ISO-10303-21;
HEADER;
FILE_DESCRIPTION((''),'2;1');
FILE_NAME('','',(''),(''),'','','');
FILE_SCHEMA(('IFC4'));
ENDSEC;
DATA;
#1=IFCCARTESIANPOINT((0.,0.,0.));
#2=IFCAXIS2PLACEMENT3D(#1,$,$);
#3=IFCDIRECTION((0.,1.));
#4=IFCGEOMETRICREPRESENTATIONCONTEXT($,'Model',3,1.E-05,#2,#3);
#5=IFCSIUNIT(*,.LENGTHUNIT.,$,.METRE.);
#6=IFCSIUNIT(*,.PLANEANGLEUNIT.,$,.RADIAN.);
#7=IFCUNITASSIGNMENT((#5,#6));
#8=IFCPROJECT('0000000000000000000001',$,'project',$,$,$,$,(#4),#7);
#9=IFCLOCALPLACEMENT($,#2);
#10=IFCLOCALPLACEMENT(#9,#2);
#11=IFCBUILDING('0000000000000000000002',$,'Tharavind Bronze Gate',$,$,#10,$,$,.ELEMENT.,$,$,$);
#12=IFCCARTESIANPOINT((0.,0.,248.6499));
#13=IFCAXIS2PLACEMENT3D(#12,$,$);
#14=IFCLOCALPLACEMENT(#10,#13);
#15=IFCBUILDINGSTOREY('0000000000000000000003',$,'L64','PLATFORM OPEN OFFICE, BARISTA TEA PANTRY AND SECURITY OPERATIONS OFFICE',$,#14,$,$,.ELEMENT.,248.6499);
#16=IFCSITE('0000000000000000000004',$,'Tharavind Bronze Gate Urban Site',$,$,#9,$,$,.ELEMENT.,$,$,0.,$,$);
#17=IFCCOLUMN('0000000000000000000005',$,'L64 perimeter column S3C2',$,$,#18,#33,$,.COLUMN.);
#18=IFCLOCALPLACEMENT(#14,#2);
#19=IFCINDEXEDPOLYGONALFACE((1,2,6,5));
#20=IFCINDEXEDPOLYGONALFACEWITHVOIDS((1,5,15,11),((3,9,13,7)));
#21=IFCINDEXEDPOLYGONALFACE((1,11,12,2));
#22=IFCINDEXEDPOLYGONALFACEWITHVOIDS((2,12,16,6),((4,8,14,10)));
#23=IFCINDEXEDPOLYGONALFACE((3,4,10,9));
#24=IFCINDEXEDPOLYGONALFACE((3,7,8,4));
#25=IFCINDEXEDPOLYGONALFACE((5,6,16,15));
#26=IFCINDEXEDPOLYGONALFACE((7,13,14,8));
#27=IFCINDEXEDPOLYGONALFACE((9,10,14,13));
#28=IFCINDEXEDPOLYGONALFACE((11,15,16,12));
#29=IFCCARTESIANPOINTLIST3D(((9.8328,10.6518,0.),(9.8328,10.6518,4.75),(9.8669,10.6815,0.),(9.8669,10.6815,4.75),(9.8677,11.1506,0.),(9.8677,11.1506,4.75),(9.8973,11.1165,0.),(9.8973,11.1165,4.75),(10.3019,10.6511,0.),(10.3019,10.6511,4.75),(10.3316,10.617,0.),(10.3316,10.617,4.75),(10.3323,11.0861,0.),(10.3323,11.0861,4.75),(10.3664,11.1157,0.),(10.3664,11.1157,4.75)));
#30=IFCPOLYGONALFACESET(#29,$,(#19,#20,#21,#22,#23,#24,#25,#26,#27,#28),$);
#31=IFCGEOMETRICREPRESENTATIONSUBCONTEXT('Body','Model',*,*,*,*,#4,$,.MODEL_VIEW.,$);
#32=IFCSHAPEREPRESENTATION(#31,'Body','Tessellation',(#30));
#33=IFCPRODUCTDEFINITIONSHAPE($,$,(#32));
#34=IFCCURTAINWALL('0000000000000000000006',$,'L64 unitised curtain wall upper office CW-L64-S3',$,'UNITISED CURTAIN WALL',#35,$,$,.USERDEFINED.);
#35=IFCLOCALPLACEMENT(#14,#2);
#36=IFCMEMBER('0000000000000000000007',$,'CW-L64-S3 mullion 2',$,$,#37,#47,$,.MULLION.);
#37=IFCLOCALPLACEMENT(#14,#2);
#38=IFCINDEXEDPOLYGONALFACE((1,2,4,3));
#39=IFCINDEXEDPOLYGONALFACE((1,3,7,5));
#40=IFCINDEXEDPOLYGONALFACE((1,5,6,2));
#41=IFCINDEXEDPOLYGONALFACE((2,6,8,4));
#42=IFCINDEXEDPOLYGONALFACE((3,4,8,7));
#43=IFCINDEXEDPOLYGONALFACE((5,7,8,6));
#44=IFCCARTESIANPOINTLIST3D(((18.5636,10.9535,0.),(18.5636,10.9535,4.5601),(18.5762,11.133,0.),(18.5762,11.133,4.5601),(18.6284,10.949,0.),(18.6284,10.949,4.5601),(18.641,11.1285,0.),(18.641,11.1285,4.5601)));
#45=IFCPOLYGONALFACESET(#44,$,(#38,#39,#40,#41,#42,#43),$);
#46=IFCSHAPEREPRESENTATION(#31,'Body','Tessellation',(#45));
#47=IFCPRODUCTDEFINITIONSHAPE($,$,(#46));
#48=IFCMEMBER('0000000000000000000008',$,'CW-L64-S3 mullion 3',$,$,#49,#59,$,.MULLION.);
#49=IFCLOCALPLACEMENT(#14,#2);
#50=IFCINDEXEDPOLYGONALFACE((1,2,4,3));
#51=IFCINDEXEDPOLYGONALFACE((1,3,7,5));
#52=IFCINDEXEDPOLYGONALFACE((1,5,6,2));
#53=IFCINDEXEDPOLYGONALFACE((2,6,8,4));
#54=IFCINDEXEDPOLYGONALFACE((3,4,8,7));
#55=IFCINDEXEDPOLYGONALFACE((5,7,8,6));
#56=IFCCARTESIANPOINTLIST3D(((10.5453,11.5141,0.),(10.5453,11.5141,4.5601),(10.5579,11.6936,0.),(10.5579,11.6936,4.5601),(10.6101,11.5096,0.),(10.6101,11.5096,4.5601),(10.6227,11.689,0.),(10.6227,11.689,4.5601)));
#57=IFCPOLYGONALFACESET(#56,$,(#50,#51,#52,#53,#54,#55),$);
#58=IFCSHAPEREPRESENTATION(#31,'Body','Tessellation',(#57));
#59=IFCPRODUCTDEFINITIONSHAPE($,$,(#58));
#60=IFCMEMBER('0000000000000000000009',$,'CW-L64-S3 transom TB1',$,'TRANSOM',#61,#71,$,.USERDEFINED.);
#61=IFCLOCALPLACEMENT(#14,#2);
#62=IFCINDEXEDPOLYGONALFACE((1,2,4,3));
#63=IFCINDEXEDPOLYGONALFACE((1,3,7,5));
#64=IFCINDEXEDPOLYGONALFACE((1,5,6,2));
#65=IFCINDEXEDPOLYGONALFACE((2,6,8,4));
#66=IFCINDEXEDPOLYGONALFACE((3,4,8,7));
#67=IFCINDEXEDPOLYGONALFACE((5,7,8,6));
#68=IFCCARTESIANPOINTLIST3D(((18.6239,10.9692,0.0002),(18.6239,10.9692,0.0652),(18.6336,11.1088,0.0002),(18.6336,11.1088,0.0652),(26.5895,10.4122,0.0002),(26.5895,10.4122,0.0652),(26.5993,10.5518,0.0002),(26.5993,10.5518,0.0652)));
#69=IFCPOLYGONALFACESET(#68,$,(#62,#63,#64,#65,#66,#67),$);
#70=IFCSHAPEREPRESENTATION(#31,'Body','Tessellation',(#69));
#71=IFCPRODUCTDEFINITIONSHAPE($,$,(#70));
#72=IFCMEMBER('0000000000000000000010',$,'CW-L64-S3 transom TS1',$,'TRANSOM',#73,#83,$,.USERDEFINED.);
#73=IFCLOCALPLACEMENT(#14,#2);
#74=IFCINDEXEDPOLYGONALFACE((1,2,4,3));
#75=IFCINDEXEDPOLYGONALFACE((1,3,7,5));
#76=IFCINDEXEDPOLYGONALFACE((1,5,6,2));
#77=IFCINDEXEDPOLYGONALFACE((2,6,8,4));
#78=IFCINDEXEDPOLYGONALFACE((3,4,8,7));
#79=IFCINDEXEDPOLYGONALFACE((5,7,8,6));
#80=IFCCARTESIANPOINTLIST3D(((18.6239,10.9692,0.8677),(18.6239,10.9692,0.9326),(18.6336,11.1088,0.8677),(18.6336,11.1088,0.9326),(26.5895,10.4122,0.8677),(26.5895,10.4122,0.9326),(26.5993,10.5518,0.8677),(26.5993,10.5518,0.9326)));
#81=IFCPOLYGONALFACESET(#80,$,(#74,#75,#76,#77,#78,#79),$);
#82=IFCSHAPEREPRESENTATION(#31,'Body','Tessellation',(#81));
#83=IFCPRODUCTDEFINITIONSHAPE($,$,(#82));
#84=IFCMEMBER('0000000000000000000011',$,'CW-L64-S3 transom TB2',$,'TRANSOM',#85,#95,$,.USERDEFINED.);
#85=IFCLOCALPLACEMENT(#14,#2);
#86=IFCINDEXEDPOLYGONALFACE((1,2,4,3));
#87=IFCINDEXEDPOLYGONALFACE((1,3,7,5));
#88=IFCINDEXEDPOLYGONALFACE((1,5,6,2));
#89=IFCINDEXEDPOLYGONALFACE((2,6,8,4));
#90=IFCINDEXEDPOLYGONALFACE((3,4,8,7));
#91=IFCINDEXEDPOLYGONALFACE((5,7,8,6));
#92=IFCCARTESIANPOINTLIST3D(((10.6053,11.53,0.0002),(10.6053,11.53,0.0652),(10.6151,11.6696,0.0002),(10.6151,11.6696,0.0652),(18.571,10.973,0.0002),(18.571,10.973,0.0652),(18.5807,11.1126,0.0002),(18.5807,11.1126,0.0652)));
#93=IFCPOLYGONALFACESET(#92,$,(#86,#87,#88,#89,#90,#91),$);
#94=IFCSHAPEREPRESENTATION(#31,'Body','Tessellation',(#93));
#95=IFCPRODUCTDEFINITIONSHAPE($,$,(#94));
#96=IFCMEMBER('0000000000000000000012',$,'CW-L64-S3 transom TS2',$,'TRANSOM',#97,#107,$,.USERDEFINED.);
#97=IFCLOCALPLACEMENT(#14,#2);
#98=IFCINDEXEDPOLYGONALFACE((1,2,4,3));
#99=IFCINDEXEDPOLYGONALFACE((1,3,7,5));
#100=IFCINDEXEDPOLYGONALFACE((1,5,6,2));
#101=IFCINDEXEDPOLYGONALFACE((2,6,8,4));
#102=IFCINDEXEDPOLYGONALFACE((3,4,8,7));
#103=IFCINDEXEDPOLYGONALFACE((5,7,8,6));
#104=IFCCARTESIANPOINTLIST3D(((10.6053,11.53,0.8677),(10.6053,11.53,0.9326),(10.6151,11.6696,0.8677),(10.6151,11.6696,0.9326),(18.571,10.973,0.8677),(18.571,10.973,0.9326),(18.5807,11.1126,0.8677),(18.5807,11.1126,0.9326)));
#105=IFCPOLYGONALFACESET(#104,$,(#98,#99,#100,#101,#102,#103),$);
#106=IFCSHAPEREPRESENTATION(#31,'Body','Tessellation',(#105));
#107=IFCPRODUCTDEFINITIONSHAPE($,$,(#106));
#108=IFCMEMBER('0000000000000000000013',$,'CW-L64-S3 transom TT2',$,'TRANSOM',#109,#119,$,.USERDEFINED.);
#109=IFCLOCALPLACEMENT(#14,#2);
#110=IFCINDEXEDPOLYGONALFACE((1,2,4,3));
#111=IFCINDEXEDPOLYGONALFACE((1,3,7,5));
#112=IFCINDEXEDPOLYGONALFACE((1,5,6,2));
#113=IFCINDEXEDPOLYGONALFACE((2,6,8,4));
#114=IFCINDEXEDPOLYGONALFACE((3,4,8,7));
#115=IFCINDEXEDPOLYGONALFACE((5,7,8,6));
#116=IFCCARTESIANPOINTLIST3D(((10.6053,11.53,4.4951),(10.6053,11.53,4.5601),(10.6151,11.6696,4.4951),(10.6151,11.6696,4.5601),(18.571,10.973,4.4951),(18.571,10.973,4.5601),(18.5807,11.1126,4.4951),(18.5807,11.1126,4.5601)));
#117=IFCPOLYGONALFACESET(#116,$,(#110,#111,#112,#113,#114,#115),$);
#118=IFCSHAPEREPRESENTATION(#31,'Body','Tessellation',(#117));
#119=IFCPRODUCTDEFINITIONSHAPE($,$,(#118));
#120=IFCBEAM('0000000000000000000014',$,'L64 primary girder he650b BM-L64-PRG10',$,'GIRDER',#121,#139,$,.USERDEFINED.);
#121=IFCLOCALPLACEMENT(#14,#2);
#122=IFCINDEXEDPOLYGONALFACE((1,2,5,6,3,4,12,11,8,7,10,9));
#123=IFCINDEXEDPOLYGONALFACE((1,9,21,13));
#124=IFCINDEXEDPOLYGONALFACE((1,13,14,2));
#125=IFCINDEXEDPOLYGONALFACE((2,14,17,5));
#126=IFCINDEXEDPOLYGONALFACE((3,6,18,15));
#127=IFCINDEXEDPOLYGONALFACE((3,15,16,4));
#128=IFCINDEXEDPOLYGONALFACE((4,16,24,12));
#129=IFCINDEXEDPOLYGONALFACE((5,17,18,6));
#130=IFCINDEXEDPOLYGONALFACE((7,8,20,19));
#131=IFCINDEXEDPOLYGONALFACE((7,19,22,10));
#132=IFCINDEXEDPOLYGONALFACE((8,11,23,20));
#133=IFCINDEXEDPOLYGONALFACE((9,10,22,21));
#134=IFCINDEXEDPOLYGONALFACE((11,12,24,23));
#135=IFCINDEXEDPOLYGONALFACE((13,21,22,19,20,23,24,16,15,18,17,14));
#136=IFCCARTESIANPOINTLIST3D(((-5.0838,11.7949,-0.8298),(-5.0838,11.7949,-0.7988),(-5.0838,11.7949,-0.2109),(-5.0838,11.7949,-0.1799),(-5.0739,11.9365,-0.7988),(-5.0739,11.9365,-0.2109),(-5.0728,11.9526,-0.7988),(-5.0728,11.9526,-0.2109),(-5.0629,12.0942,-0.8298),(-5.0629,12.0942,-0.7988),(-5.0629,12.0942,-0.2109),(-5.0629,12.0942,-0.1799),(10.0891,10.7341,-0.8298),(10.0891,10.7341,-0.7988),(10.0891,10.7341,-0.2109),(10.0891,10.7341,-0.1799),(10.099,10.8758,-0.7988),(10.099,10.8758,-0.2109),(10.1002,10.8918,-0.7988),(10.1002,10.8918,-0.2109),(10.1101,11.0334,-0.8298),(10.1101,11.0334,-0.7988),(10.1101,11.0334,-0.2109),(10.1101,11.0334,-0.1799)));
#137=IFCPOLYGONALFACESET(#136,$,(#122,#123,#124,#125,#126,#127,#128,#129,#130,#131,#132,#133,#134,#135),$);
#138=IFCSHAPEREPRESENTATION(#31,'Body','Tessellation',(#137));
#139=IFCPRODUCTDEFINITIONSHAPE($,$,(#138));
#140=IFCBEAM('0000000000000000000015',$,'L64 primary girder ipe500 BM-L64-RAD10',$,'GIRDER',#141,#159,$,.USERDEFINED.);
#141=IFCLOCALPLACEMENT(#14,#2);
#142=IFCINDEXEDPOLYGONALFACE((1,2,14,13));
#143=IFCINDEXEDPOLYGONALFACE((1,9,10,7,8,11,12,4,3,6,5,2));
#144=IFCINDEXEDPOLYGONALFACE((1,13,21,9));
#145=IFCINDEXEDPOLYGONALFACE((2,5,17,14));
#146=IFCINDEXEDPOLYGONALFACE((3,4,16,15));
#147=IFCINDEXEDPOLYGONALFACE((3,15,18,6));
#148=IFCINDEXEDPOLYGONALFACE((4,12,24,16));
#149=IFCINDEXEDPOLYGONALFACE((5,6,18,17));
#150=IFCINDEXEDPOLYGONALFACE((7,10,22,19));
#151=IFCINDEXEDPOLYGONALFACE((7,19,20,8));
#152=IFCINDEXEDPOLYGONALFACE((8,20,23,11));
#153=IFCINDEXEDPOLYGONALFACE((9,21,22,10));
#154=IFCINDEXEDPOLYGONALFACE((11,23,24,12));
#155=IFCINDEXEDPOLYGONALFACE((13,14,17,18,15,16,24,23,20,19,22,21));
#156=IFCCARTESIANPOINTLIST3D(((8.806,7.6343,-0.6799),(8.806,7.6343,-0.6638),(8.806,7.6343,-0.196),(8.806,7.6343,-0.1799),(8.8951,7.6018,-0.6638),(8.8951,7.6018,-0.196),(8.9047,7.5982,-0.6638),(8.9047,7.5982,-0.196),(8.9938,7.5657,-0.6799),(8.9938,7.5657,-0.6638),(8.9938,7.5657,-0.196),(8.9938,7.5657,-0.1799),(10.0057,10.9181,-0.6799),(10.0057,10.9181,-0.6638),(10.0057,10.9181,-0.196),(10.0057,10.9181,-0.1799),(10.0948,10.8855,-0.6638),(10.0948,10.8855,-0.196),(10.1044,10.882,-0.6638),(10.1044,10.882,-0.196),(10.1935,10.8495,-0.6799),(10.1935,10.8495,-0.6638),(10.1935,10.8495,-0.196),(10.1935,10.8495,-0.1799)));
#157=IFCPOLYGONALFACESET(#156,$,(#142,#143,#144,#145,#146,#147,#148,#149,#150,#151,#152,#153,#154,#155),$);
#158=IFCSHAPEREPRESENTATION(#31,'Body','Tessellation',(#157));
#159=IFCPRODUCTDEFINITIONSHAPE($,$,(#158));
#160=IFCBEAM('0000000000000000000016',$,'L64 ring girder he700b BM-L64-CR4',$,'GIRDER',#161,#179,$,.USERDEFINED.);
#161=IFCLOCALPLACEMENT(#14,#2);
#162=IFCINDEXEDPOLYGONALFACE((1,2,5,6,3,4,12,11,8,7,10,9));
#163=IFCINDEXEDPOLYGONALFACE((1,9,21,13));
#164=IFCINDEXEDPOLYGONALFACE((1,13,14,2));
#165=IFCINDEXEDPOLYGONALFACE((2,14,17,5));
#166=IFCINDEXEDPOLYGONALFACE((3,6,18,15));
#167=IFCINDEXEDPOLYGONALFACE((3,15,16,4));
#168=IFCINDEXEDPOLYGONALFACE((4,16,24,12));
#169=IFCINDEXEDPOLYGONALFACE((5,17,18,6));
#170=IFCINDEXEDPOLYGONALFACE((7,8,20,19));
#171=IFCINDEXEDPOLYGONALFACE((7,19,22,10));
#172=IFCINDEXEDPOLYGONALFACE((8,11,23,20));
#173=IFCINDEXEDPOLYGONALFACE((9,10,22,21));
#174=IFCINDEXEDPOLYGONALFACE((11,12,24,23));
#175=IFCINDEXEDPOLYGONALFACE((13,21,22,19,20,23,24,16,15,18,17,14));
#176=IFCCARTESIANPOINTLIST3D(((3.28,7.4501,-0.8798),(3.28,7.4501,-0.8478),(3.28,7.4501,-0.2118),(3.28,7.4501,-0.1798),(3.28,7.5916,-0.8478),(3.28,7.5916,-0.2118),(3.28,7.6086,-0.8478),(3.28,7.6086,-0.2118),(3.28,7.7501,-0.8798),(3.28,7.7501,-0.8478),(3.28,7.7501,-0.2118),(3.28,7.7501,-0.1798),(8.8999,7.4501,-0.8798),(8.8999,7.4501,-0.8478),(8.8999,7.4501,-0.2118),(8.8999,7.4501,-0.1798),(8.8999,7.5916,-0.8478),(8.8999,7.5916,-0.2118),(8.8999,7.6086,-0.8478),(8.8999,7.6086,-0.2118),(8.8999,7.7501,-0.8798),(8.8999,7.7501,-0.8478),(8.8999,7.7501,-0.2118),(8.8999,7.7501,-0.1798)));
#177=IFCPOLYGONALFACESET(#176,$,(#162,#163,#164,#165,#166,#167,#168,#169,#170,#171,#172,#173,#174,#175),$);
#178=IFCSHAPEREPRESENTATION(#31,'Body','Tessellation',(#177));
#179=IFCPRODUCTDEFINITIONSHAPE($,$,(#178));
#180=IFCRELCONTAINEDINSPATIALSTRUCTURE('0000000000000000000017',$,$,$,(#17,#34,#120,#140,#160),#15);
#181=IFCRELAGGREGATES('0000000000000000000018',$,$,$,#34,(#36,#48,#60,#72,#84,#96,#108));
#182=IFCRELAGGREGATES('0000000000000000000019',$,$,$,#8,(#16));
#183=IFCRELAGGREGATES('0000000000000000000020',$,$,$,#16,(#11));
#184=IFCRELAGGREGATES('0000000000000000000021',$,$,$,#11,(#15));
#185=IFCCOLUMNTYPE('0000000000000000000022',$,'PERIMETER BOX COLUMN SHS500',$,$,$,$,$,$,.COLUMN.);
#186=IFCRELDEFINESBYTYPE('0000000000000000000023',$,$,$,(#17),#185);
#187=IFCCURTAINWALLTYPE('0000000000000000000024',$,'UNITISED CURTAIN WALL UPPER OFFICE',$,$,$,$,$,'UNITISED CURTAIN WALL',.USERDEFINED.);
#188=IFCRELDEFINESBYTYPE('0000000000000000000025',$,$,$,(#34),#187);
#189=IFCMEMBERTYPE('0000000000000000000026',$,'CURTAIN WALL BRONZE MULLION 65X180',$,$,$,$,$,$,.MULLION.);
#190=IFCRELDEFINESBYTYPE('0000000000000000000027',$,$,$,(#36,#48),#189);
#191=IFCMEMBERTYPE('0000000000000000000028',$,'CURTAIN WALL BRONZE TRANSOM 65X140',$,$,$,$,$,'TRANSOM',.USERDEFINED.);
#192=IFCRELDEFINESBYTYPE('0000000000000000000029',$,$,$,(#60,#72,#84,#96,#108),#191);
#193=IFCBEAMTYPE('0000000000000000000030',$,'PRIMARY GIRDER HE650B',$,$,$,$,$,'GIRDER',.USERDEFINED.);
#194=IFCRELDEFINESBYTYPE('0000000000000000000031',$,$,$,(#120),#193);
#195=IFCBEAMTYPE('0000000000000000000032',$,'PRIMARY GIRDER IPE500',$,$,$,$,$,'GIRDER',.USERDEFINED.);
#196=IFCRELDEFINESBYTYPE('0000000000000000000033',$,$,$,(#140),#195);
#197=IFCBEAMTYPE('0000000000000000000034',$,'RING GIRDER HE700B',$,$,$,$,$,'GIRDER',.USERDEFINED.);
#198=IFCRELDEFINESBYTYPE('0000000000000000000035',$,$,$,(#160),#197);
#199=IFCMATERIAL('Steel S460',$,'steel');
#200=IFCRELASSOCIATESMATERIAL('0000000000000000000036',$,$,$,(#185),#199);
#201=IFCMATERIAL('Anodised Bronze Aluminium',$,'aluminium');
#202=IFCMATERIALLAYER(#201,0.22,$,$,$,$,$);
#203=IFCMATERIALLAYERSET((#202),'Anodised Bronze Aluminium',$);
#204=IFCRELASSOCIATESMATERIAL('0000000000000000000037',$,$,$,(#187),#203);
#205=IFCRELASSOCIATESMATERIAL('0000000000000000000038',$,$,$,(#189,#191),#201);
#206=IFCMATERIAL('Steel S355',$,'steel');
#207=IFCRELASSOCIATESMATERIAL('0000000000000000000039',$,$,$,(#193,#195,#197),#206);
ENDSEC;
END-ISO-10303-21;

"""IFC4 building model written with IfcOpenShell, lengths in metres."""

from ifc_helpers import new_model, si_unit, direction, frame, origin, origin_2d, place, context, subcontext, project, spatial, rectangle, hollow_rectangle, i_section, extrude, material, layer, layer_set, material_profile, profile_set, type_object, element, aggregate, save


model = new_model("IFC4")

# Units and contexts
model_context = context("Model", 3, precision=1e-05, world=origin(), true_north=direction((0.0, 1.0)))
body_context = subcontext(model_context, "Body", "Model", "MODEL_VIEW")
ifc_project = project(units=[si_unit("LENGTHUNIT", "METRE"), si_unit("PLANEANGLEUNIT", "RADIAN")], contexts=[model_context])

# Site, building, storey
site_placement = place(None, origin())
site = spatial("IfcSite", under=ifc_project, at=site_placement, Name="Tharavind Bronze Gate Urban Site", CompositionType="ELEMENT", RefElevation=0.0)
building_placement = place(site_placement, origin())
building = spatial("IfcBuilding", under=site, at=building_placement, Name="Tharavind Bronze Gate", CompositionType="ELEMENT")
storey_placement = place(building_placement, frame((0.0, 0.0, 248.6499)))
storey = spatial("IfcBuildingStorey", under=building, at=storey_placement, Name="L64", Description="PLATFORM OPEN OFFICE, BARISTA TEA PANTRY AND SECURITY OPERATIONS OFFICE", CompositionType="ELEMENT", Elevation=248.6499)

# Column
ifc_material_1 = material(Name="Steel S460", Category="steel")
ifc_material_profile_1 = material_profile(ifc_material_1, hollow_rectangle(XDim=0.5, YDim=0.5, WallThickness=0.032, at=origin_2d()), Name="SHS500X32")
ifc_profile_set_1 = profile_set([ifc_material_profile_1], Name="Steel S460")
column_type = type_object("IfcColumnType", Name="PERIMETER BOX COLUMN SHS500", PredefinedType="COLUMN", material=ifc_profile_set_1)
column_placement = place(storey_placement, frame((10.0996, 10.8838, 0.0), z_axis=(0.0, 0.0, 1.0), x_axis=(-0.997564, 0.069756, 0.0)))
element("IfcColumn", 1, at=column_placement, inside=storey, type_object=column_type, Name="L64 perimeter column S3C2", PredefinedType="COLUMN", context=body_context, shape_type="SweptSolid", body=[
    extrude(hollow_rectangle(XDim=0.5, YDim=0.5, WallThickness=0.032, at=origin_2d()), origin(), (0.0, 0.0, 1.0), 4.75),
])

# Curtain wall, members
ifc_material_2 = material(Name="Anodised Bronze Aluminium", Category="aluminium")
ifc_layer_1 = layer(ifc_material_2, 0.22)
ifc_layer_set_1 = layer_set([ifc_layer_1], Name="Anodised Bronze Aluminium")
curtain_wall_type = type_object("IfcCurtainWallType", Name="UNITISED CURTAIN WALL UPPER OFFICE", ElementType="UNITISED CURTAIN WALL", PredefinedType="USERDEFINED", material=ifc_layer_set_1)
curtain_wall_placement = place(storey_placement, origin())
curtain_wall = element("IfcCurtainWall", 2, at=curtain_wall_placement, inside=storey, type_object=curtain_wall_type, Name="L64 unitised curtain wall upper office CW-L64-S3", ObjectType="UNITISED CURTAIN WALL", PredefinedType="USERDEFINED")
member_type_1 = type_object("IfcMemberType", Name="CURTAIN WALL BRONZE MULLION 65X180", PredefinedType="MULLION", material=ifc_material_2)
member_1_placement = place(storey_placement, frame((18.6023, 11.041, 0.0), z_axis=(0.0, 0.0, 1.0), x_axis=(-0.997564, 0.069758, 0.0)))
member_1 = element("IfcMember", 3, at=member_1_placement, type_object=member_type_1, Name="CW-L64-S3 mullion 2", PredefinedType="MULLION", context=body_context, shape_type="SweptSolid", body=[
    extrude(rectangle(XDim=0.0649, YDim=0.1799, at=origin_2d()), origin(), (0.0, 0.0, 1.0), 4.5601),
])
member_2_placement = place(storey_placement, frame((10.584, 11.6016, 0.0), z_axis=(0.0, 0.0, 1.0), x_axis=(-0.997564, 0.069758, 0.0)))
member_2 = element("IfcMember", 4, at=member_2_placement, type_object=member_type_1, Name="CW-L64-S3 mullion 3", PredefinedType="MULLION", context=body_context, shape_type="SweptSolid", body=[
    extrude(rectangle(XDim=0.0649, YDim=0.1799, at=origin_2d()), origin(), (0.0, 0.0, 1.0), 4.5601),
])
member_type_2 = type_object("IfcMemberType", Name="CURTAIN WALL BRONZE TRANSOM 65X140", ElementType="TRANSOM", PredefinedType="USERDEFINED", material=ifc_material_2)
member_3_placement = place(storey_placement, frame((22.6116, 10.7605, 0.0002), z_axis=(0.0, 0.0, 1.0), x_axis=(-0.997564, 0.069758, 0.0)))
member_3 = element("IfcMember", 5, at=member_3_placement, type_object=member_type_2, Name="CW-L64-S3 transom TB1", ObjectType="TRANSOM", PredefinedType="USERDEFINED", context=body_context, shape_type="SweptSolid", body=[
    extrude(rectangle(XDim=7.9851, YDim=0.1399, at=origin_2d()), origin(), (0.0, 0.0, 1.0), 0.0649),
])
member_4_placement = place(storey_placement, frame((22.6116, 10.7605, 0.8677), z_axis=(0.0, 0.0, 1.0), x_axis=(-0.997564, 0.069758, 0.0)))
member_4 = element("IfcMember", 6, at=member_4_placement, type_object=member_type_2, Name="CW-L64-S3 transom TS1", ObjectType="TRANSOM", PredefinedType="USERDEFINED", context=body_context, shape_type="SweptSolid", body=[
    extrude(rectangle(XDim=7.9851, YDim=0.1399, at=origin_2d()), origin(), (0.0, 0.0, 1.0), 0.0649),
])
member_5_placement = place(storey_placement, frame((14.593, 11.3213, 0.0002), z_axis=(0.0, 0.0, 1.0), x_axis=(-0.997564, 0.069758, 0.0)))
member_5 = element("IfcMember", 7, at=member_5_placement, type_object=member_type_2, Name="CW-L64-S3 transom TB2", ObjectType="TRANSOM", PredefinedType="USERDEFINED", context=body_context, shape_type="SweptSolid", body=[
    extrude(rectangle(XDim=7.9851, YDim=0.1399, at=origin_2d()), origin(), (0.0, 0.0, 1.0), 0.0649),
])
member_6_placement = place(storey_placement, frame((14.593, 11.3213, 0.8677), z_axis=(0.0, 0.0, 1.0), x_axis=(-0.997564, 0.069758, 0.0)))
member_6 = element("IfcMember", 8, at=member_6_placement, type_object=member_type_2, Name="CW-L64-S3 transom TS2", ObjectType="TRANSOM", PredefinedType="USERDEFINED", context=body_context, shape_type="SweptSolid", body=[
    extrude(rectangle(XDim=7.9851, YDim=0.1399, at=origin_2d()), origin(), (0.0, 0.0, 1.0), 0.0649),
])
member_7_placement = place(storey_placement, frame((14.593, 11.3213, 4.4951), z_axis=(0.0, 0.0, 1.0), x_axis=(-0.997564, 0.069758, 0.0)))
member_7 = element("IfcMember", 9, at=member_7_placement, type_object=member_type_2, Name="CW-L64-S3 transom TT2", ObjectType="TRANSOM", PredefinedType="USERDEFINED", context=body_context, shape_type="SweptSolid", body=[
    extrude(rectangle(XDim=7.9851, YDim=0.1399, at=origin_2d()), origin(), (0.0, 0.0, 1.0), 0.0649),
])

# Beams
ifc_material_3 = material(Name="Steel S355", Category="steel")
ifc_material_profile_2 = material_profile(ifc_material_3, i_section(OverallWidth=0.3, OverallDepth=0.6499, WebThickness=0.0161, FlangeThickness=0.031, at=origin_2d()), Name="HE650B")
ifc_profile_set_2 = profile_set([ifc_material_profile_2], Name="Steel S355")
beam_type_1 = type_object("IfcBeamType", Name="PRIMARY GIRDER HE650B", ElementType="GIRDER", PredefinedType="USERDEFINED", material=ifc_profile_set_2)
beam_1_placement = place(storey_placement, frame((10.0996, 10.8838, -0.5049), z_axis=(-0.997565, 0.069744, 0.0), x_axis=(-0.069744, -0.997565, 0.0)))
element("IfcBeam", 10, at=beam_1_placement, inside=storey, type_object=beam_type_1, Name="L64 primary girder he650b BM-L64-PRG10", ObjectType="GIRDER", PredefinedType="USERDEFINED", context=body_context, shape_type="SweptSolid", body=[
    extrude(i_section(OverallWidth=0.3, OverallDepth=0.6499, WebThickness=0.0161, FlangeThickness=0.031, at=origin_2d()), origin(), (0.0, 0.0, 1.0), 15.21),
])
ifc_material_profile_3 = material_profile(ifc_material_3, i_section(OverallWidth=0.2, OverallDepth=0.5, WebThickness=0.0103, FlangeThickness=0.0161, at=origin_2d()), Name="IPE500")
ifc_profile_set_3 = profile_set([ifc_material_profile_3], Name="Steel S355")
beam_type_2 = type_object("IfcBeamType", Name="PRIMARY GIRDER IPE500", ElementType="GIRDER", PredefinedType="USERDEFINED", material=ifc_profile_set_3)
beam_2_placement = place(storey_placement, frame((10.0996, 10.8838, -0.4299), z_axis=(-0.343167, -0.939274, 0.0), x_axis=(0.939274, -0.343167, 0.0)))
element("IfcBeam", 11, at=beam_2_placement, inside=storey, type_object=beam_type_2, Name="L64 primary girder ipe500 BM-L64-RAD10", ObjectType="GIRDER", PredefinedType="USERDEFINED", context=body_context, shape_type="SweptSolid", body=[
    extrude(i_section(OverallWidth=0.2, OverallDepth=0.5, WebThickness=0.0103, FlangeThickness=0.0161, at=origin_2d()), origin(), (0.0, 0.0, 1.0), 3.4961),
])
ifc_material_profile_4 = material_profile(ifc_material_3, i_section(OverallWidth=0.3, OverallDepth=0.7, WebThickness=0.0171, FlangeThickness=0.032, at=origin_2d()), Name="HE700B")
ifc_profile_set_4 = profile_set([ifc_material_profile_4], Name="Steel S355")
beam_type_3 = type_object("IfcBeamType", Name="RING GIRDER HE700B", ElementType="GIRDER", PredefinedType="USERDEFINED", material=ifc_profile_set_4)
beam_3_placement = place(storey_placement, frame((8.8999, 7.6001, -0.5298), z_axis=(-1.0, 0.0, 0.0), x_axis=(0.0, -1.0, 0.0)))
element("IfcBeam", 12, at=beam_3_placement, inside=storey, type_object=beam_type_3, Name="L64 ring girder he700b BM-L64-CR4", ObjectType="GIRDER", PredefinedType="USERDEFINED", context=body_context, shape_type="SweptSolid", body=[
    extrude(i_section(OverallWidth=0.3, OverallDepth=0.7, WebThickness=0.0171, FlangeThickness=0.032, at=origin_2d()), origin(), (0.0, 0.0, 1.0), 5.6199),
])

aggregate(curtain_wall, [member_1, member_2, member_3, member_4, member_5, member_6, member_7])

save(model, "model.ifc")
